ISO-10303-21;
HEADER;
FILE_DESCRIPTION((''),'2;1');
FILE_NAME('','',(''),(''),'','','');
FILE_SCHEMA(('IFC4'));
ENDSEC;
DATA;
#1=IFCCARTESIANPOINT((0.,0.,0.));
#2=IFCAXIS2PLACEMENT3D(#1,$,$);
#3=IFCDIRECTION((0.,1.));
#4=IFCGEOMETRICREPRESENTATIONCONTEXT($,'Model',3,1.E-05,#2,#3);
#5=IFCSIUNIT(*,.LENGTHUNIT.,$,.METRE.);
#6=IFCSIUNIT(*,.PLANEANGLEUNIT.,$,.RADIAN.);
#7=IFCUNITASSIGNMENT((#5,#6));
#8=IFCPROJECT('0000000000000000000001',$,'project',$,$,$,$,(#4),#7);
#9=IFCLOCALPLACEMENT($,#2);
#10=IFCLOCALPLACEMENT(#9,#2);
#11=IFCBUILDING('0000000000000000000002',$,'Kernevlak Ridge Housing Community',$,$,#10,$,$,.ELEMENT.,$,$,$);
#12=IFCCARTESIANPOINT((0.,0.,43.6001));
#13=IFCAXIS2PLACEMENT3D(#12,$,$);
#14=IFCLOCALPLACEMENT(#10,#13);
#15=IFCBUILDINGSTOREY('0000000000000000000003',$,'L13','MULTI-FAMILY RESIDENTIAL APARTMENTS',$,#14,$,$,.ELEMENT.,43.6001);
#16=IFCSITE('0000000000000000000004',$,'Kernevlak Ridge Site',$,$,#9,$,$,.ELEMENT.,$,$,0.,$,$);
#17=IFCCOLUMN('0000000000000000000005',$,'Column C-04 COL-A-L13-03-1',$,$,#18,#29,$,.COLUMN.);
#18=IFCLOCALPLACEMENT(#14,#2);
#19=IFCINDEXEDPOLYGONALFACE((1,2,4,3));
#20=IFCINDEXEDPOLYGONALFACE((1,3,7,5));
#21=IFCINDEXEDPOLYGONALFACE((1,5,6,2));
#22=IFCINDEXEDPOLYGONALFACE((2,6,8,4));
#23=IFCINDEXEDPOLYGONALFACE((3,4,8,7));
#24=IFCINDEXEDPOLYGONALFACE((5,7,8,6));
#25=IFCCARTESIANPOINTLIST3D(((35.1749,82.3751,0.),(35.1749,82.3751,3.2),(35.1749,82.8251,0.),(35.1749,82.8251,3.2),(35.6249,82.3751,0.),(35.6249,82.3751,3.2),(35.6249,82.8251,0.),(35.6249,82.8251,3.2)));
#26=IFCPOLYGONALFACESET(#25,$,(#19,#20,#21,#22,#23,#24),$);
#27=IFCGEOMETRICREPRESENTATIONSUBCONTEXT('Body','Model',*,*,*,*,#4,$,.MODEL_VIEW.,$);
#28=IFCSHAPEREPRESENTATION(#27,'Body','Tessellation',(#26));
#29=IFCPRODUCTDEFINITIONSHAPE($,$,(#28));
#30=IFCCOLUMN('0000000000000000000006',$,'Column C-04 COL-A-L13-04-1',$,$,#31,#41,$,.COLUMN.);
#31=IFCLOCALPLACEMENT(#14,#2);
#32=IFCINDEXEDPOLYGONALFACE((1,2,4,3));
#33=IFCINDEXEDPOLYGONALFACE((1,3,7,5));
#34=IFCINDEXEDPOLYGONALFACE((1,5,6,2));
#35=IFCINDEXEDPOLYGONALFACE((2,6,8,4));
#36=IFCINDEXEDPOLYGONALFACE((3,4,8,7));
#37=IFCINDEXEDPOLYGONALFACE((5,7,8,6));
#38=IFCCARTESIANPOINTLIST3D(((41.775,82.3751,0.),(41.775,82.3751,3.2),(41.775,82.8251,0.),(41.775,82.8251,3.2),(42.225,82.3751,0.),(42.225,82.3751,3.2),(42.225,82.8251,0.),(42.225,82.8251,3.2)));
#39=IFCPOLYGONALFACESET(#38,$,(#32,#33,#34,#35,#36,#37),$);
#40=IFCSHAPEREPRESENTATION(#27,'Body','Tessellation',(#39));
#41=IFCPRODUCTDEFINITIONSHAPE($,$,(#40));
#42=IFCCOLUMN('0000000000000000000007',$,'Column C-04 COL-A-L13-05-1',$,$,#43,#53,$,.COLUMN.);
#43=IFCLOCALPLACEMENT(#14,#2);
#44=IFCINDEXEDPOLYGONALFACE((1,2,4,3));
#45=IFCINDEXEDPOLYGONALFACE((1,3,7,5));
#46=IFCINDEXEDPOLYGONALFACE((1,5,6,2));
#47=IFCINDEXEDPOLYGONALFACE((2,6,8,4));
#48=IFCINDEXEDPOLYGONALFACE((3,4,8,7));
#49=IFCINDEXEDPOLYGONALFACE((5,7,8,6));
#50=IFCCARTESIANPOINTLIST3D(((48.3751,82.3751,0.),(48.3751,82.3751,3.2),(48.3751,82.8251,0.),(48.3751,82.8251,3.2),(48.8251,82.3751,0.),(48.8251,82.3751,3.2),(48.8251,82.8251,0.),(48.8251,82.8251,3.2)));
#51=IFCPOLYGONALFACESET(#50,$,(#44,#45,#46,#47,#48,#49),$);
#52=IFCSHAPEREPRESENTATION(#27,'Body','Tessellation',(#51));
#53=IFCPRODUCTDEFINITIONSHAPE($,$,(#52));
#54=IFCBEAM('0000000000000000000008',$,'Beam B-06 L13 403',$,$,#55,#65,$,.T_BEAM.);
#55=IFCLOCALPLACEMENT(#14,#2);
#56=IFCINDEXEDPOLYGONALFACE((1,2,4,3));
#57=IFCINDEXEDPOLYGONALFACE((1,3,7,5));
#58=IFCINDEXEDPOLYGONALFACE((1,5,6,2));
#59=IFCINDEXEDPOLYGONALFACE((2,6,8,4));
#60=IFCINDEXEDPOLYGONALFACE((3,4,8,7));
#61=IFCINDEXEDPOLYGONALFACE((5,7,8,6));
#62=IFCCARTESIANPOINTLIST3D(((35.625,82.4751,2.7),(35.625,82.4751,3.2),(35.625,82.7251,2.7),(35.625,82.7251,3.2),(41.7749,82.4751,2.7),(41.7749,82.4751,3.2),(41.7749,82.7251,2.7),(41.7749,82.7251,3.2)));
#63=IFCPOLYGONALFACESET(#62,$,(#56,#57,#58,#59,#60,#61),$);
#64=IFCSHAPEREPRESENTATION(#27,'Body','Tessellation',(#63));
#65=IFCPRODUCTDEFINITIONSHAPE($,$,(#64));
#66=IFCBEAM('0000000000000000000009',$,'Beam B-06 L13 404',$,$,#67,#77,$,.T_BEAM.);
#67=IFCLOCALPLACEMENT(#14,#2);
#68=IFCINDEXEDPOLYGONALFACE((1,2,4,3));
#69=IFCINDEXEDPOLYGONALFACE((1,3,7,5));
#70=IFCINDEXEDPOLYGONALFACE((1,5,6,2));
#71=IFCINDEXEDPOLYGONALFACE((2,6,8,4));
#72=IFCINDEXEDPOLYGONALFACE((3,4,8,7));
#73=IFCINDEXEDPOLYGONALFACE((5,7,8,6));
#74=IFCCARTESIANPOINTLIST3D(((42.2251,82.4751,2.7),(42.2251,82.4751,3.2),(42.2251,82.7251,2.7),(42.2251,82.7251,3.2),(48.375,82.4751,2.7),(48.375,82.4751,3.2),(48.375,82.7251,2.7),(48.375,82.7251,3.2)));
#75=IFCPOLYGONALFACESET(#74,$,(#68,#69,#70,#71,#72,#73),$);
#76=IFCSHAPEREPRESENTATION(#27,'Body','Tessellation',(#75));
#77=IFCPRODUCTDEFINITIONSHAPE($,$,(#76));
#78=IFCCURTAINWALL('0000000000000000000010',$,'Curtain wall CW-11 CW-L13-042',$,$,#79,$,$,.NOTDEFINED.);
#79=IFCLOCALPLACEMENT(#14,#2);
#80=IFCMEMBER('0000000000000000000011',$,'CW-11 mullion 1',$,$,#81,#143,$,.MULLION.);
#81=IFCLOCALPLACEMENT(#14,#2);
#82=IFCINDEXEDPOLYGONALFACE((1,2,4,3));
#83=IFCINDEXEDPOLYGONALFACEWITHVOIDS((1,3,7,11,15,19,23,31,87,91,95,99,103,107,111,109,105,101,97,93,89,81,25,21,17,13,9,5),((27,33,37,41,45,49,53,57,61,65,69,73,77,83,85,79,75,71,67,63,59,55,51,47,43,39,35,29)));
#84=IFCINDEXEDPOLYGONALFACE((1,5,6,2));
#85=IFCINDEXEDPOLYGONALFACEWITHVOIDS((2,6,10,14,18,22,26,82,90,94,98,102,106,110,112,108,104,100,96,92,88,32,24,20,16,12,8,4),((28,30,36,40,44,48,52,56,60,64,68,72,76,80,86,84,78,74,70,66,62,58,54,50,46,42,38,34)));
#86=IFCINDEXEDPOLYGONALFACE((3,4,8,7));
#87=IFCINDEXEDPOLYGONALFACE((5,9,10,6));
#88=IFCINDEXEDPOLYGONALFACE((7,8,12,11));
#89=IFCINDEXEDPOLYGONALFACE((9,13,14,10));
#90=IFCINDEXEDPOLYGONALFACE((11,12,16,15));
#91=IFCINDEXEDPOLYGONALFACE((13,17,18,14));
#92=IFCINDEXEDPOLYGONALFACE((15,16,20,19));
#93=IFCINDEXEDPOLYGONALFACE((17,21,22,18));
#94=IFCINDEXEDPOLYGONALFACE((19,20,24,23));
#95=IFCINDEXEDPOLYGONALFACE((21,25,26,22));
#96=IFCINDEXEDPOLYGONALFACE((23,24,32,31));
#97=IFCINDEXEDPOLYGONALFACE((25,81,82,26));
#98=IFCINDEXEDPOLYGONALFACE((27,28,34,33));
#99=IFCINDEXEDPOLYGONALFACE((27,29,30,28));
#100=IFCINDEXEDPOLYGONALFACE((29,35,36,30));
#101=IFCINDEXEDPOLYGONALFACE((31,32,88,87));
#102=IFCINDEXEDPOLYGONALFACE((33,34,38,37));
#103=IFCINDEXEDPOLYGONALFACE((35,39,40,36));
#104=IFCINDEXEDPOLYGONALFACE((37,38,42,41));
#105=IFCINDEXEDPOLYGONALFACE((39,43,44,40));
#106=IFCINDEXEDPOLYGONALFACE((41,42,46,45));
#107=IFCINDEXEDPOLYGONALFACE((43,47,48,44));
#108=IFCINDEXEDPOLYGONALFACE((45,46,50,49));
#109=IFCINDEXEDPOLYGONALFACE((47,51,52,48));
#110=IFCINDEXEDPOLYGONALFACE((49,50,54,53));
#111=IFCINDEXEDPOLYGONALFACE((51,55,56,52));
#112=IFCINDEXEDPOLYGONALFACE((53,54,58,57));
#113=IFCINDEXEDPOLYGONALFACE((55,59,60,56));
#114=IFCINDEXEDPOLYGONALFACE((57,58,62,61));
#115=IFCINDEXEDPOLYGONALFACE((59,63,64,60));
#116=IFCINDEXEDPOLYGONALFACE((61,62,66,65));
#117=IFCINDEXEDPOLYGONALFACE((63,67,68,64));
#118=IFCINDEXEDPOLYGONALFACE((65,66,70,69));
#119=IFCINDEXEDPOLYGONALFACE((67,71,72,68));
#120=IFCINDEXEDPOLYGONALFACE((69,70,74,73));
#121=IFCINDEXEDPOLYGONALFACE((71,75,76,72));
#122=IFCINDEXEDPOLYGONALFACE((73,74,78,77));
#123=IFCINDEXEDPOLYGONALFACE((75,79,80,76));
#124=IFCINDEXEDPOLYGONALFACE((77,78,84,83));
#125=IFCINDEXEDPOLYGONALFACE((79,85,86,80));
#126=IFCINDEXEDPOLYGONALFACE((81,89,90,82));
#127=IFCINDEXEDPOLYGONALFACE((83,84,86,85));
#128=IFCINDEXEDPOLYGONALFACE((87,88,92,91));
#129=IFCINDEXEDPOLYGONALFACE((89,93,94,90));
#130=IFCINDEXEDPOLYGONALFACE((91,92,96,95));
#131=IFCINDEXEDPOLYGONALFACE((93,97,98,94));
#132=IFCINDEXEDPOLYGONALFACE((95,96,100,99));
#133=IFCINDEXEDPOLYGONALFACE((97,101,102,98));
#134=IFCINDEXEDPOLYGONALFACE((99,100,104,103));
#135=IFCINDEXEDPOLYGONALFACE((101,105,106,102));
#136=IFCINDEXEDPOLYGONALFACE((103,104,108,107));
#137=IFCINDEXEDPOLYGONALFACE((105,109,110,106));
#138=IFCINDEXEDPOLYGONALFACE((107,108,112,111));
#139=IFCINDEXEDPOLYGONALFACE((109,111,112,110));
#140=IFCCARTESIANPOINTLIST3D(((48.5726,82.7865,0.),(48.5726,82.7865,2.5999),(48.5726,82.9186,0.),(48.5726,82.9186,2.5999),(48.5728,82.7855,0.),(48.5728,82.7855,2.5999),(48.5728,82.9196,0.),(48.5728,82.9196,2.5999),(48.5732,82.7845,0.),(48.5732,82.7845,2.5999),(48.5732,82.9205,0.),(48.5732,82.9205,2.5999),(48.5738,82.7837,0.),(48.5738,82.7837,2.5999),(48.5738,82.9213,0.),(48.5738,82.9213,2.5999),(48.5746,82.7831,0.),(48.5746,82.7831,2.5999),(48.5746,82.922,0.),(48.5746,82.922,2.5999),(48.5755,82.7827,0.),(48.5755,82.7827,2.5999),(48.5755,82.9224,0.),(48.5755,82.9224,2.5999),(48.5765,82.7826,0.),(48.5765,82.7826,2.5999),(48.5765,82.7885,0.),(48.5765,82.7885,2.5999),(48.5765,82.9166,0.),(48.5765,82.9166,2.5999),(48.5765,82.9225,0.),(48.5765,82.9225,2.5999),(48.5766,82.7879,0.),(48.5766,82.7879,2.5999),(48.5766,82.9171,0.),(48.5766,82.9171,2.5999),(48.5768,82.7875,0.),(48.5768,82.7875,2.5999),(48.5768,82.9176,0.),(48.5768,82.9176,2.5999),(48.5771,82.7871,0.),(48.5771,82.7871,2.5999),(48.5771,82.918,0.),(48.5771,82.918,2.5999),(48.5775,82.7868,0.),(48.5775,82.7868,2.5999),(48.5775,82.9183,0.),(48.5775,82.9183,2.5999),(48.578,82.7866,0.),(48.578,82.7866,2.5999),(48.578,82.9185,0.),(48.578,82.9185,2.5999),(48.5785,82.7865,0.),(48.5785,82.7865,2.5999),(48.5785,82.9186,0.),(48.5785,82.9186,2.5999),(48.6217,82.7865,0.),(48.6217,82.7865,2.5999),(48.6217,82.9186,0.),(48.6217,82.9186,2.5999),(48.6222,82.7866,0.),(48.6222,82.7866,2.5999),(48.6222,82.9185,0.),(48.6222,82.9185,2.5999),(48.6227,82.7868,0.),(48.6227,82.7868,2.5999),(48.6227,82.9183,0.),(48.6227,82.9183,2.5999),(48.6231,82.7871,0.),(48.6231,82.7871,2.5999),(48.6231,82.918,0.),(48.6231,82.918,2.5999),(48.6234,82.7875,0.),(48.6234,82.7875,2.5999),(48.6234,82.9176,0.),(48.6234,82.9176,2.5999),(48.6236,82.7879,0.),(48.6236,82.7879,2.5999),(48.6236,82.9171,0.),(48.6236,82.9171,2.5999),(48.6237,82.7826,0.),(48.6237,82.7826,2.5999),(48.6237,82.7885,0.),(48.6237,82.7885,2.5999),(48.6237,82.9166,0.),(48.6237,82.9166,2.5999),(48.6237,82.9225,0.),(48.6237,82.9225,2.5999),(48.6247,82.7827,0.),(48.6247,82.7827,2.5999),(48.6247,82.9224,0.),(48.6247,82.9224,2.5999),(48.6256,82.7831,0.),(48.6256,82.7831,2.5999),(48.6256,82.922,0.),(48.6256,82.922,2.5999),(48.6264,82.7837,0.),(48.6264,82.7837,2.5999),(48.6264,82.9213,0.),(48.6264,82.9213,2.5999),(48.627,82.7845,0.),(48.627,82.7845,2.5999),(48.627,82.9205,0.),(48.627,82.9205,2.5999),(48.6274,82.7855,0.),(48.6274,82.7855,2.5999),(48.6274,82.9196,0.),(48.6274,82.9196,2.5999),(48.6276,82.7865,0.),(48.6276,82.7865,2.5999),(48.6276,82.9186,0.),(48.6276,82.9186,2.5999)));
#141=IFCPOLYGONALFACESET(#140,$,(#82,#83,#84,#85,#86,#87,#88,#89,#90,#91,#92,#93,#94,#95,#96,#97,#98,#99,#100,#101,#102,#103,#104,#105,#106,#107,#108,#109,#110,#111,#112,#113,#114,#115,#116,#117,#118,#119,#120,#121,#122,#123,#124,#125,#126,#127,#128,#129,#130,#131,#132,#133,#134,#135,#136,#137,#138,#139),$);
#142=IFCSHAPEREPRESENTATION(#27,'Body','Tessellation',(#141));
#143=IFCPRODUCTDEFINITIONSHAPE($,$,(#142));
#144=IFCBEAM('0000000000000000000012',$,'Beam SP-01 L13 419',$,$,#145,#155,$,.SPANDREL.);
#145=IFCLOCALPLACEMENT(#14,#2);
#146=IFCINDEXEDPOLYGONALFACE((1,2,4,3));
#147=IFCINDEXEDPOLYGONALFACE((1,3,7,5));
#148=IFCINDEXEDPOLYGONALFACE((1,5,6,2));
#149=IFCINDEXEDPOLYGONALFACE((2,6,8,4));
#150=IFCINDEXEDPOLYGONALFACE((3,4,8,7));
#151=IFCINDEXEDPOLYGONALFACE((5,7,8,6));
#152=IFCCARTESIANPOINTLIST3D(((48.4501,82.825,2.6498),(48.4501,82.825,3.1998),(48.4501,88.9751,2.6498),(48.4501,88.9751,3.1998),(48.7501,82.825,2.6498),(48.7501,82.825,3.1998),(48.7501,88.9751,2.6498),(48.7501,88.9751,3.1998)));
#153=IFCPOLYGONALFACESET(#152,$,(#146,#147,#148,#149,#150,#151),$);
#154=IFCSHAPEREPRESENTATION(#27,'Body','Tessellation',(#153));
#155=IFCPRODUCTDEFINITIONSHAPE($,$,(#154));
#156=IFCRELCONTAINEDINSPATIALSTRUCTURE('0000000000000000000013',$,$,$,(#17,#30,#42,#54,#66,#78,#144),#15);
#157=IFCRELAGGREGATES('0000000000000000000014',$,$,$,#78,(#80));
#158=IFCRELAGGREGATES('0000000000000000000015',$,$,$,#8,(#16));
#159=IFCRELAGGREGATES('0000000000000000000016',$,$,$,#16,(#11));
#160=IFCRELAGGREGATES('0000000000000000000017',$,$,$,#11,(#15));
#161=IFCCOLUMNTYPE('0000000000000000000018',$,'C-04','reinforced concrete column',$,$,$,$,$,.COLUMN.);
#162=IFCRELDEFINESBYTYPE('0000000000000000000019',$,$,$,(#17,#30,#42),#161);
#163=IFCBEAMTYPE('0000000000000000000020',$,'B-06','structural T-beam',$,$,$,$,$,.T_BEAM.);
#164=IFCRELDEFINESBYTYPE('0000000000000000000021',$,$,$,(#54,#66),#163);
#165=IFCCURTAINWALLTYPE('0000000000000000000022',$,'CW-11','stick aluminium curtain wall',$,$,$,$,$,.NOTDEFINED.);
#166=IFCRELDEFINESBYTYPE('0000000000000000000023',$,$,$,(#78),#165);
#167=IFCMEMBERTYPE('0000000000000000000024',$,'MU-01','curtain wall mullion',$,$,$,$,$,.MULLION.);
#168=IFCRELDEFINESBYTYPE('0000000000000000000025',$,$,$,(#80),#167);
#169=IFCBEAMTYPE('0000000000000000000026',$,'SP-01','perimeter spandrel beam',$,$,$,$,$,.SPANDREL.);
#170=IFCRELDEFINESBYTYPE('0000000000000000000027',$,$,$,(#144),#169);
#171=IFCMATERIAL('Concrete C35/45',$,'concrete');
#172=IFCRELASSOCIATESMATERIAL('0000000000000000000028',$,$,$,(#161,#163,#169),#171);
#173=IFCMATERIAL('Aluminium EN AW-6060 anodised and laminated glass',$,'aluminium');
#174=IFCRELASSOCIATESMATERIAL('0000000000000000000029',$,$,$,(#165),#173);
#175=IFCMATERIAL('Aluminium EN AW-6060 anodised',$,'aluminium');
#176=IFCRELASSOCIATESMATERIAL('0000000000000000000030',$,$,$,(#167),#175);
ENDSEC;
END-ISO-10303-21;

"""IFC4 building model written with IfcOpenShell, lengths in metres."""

from ifc_helpers import new_model, si_unit, direction, frame, origin, origin_2d, place, context, subcontext, project, spatial, rectangle, hollow_rectangle, extrude, material, material_profile, profile_set, type_object, element, aggregate, save


model = new_model("IFC4")

# Units and contexts
model_context = context("Model", 3, precision=1e-05, world=origin(), true_north=direction((0.0, 1.0)))
body_context = subcontext(model_context, "Body", "Model", "MODEL_VIEW")
ifc_project = project(units=[si_unit("LENGTHUNIT", "METRE"), si_unit("PLANEANGLEUNIT", "RADIAN")], contexts=[model_context])

# Site, building, storey
site_placement = place(None, origin())
site = spatial("IfcSite", under=ifc_project, at=site_placement, Name="Kernevlak Ridge Site", CompositionType="ELEMENT", RefElevation=0.0)
building_placement = place(site_placement, origin())
building = spatial("IfcBuilding", under=site, at=building_placement, Name="Kernevlak Ridge Housing Community", CompositionType="ELEMENT")
storey_placement = place(building_placement, frame((0.0, 0.0, 43.6001)))
storey = spatial("IfcBuildingStorey", under=building, at=storey_placement, Name="L13", Description="MULTI-FAMILY RESIDENTIAL APARTMENTS", CompositionType="ELEMENT", Elevation=43.6001)

# Columns
ifc_material_1 = material(Name="Concrete C35/45", Category="concrete")
ifc_material_profile_1 = material_profile(ifc_material_1, rectangle(XDim=0.45, YDim=0.45, at=origin_2d()), Name="RC 450x450")
ifc_profile_set_1 = profile_set([ifc_material_profile_1], Name="Concrete C35/45")
column_type = type_object("IfcColumnType", Name="C-04", Description="reinforced concrete column", PredefinedType="COLUMN", material=ifc_profile_set_1)
for number, where, z_axis, x_axis, name in (
    (1, (35.3999, 82.6001, 0.0), (0.0, 0.0, 1.0), (1.0, 0.0, 0.0), "Column C-04 COL-A-L13-03-1"),
    (2, (42.0, 82.6001, 0.0), (0.0, 0.0, 1.0), (1.0, 0.0, 0.0), "Column C-04 COL-A-L13-04-1"),
    (3, (48.6001, 82.6001, 0.0), (0.0, 0.0, 1.0), (1.0, 0.0, 0.0), "Column C-04 COL-A-L13-05-1"),
):
    element("IfcColumn", number, at=place(storey_placement, frame(where, z_axis=z_axis, x_axis=x_axis)), inside=storey, type_object=column_type, Name=name, PredefinedType="COLUMN", context=body_context, shape_type="SweptSolid", body=[
        extrude(rectangle(XDim=0.45, YDim=0.45, at=origin_2d()), origin(), (0.0, 0.0, 1.0), 3.2),
    ])

# Beams
ifc_material_profile_2 = material_profile(ifc_material_1, rectangle(XDim=0.25, YDim=0.5, at=origin_2d()), Name="RC 250x500")
ifc_profile_set_2 = profile_set([ifc_material_profile_2], Name="Concrete C35/45")
beam_type_1 = type_object("IfcBeamType", Name="B-06", Description="structural T-beam", PredefinedType="T_BEAM", material=ifc_profile_set_2)
for number, where, z_axis, x_axis, name in (
    (4, (35.625, 82.6001, 2.95), (1.0, 0.0, 0.0), (0.0, 1.0, 0.0), "Beam B-06 L13 403"),
    (5, (42.2251, 82.6001, 2.95), (1.0, 0.0, 0.0), (0.0, 1.0, 0.0), "Beam B-06 L13 404"),
):
    element("IfcBeam", number, at=place(storey_placement, frame(where, z_axis=z_axis, x_axis=x_axis)), inside=storey, type_object=beam_type_1, Name=name, PredefinedType="T_BEAM", context=body_context, shape_type="SweptSolid", body=[
        extrude(rectangle(XDim=0.25, YDim=0.5, at=origin_2d()), origin(), (0.0, 0.0, 1.0), 6.1499),
    ])

# Curtain wall, member
ifc_material_2 = material(Name="Aluminium EN AW-6060 anodised and laminated glass", Category="aluminium")
curtain_wall_type = type_object("IfcCurtainWallType", Name="CW-11", Description="stick aluminium curtain wall", PredefinedType="NOTDEFINED", material=ifc_material_2)
curtain_wall_placement = place(storey_placement, origin())
curtain_wall = element("IfcCurtainWall", 6, at=curtain_wall_placement, inside=storey, type_object=curtain_wall_type, Name="Curtain wall CW-11 CW-L13-042", PredefinedType="NOTDEFINED")
ifc_material_3 = material(Name="Aluminium EN AW-6060 anodised", Category="aluminium")
ifc_material_profile_3 = material_profile(ifc_material_3, hollow_rectangle(XDim=0.0549, YDim=0.1399, WallThickness=0.0039, InnerFilletRadius=0.002, OuterFilletRadius=0.0039, at=origin_2d()), Name="ALU 55x140x4")
ifc_profile_set_3 = profile_set([ifc_material_profile_3], Name="Aluminium EN AW-6060 anodised")
member_type_1 = type_object("IfcMemberType", Name="MU-01", Description="curtain wall mullion", PredefinedType="MULLION", material=ifc_profile_set_3)
member_1_placement = place(storey_placement, frame((48.6001, 82.8525, 0.0), z_axis=(0.0, 0.0, 1.0), x_axis=(-1.0, 0.0, 0.0)))
member_1 = element("IfcMember", 7, at=member_1_placement, type_object=member_type_1, Name="CW-11 mullion 1", PredefinedType="MULLION", context=body_context, shape_type="SweptSolid", body=[
    extrude(hollow_rectangle(XDim=0.0549, YDim=0.1399, WallThickness=0.0039, InnerFilletRadius=0.002, OuterFilletRadius=0.0039, at=origin_2d()), origin(), (0.0, 0.0, 1.0), 2.5999),
])

# Beam
ifc_material_profile_4 = material_profile(ifc_material_1, rectangle(XDim=0.3, YDim=0.55, at=origin_2d()), Name="RC 300x550")
ifc_profile_set_4 = profile_set([ifc_material_profile_4], Name="Concrete C35/45")
beam_type_2 = type_object("IfcBeamType", Name="SP-01", Description="perimeter spandrel beam", PredefinedType="SPANDREL", material=ifc_profile_set_4)
beam_placement = place(storey_placement, frame((48.6001, 82.825, 2.9248), z_axis=(0.0, 1.0, 0.0), x_axis=(-1.0, 0.0, 0.0)))
element("IfcBeam", 8, at=beam_placement, inside=storey, type_object=beam_type_2, Name="Beam SP-01 L13 419", PredefinedType="SPANDREL", context=body_context, shape_type="SweptSolid", body=[
    extrude(rectangle(XDim=0.3, YDim=0.55, at=origin_2d()), origin(), (0.0, 0.0, 1.0), 6.1501),
])

aggregate(curtain_wall, [member_1])

save(model, "model.ifc")
